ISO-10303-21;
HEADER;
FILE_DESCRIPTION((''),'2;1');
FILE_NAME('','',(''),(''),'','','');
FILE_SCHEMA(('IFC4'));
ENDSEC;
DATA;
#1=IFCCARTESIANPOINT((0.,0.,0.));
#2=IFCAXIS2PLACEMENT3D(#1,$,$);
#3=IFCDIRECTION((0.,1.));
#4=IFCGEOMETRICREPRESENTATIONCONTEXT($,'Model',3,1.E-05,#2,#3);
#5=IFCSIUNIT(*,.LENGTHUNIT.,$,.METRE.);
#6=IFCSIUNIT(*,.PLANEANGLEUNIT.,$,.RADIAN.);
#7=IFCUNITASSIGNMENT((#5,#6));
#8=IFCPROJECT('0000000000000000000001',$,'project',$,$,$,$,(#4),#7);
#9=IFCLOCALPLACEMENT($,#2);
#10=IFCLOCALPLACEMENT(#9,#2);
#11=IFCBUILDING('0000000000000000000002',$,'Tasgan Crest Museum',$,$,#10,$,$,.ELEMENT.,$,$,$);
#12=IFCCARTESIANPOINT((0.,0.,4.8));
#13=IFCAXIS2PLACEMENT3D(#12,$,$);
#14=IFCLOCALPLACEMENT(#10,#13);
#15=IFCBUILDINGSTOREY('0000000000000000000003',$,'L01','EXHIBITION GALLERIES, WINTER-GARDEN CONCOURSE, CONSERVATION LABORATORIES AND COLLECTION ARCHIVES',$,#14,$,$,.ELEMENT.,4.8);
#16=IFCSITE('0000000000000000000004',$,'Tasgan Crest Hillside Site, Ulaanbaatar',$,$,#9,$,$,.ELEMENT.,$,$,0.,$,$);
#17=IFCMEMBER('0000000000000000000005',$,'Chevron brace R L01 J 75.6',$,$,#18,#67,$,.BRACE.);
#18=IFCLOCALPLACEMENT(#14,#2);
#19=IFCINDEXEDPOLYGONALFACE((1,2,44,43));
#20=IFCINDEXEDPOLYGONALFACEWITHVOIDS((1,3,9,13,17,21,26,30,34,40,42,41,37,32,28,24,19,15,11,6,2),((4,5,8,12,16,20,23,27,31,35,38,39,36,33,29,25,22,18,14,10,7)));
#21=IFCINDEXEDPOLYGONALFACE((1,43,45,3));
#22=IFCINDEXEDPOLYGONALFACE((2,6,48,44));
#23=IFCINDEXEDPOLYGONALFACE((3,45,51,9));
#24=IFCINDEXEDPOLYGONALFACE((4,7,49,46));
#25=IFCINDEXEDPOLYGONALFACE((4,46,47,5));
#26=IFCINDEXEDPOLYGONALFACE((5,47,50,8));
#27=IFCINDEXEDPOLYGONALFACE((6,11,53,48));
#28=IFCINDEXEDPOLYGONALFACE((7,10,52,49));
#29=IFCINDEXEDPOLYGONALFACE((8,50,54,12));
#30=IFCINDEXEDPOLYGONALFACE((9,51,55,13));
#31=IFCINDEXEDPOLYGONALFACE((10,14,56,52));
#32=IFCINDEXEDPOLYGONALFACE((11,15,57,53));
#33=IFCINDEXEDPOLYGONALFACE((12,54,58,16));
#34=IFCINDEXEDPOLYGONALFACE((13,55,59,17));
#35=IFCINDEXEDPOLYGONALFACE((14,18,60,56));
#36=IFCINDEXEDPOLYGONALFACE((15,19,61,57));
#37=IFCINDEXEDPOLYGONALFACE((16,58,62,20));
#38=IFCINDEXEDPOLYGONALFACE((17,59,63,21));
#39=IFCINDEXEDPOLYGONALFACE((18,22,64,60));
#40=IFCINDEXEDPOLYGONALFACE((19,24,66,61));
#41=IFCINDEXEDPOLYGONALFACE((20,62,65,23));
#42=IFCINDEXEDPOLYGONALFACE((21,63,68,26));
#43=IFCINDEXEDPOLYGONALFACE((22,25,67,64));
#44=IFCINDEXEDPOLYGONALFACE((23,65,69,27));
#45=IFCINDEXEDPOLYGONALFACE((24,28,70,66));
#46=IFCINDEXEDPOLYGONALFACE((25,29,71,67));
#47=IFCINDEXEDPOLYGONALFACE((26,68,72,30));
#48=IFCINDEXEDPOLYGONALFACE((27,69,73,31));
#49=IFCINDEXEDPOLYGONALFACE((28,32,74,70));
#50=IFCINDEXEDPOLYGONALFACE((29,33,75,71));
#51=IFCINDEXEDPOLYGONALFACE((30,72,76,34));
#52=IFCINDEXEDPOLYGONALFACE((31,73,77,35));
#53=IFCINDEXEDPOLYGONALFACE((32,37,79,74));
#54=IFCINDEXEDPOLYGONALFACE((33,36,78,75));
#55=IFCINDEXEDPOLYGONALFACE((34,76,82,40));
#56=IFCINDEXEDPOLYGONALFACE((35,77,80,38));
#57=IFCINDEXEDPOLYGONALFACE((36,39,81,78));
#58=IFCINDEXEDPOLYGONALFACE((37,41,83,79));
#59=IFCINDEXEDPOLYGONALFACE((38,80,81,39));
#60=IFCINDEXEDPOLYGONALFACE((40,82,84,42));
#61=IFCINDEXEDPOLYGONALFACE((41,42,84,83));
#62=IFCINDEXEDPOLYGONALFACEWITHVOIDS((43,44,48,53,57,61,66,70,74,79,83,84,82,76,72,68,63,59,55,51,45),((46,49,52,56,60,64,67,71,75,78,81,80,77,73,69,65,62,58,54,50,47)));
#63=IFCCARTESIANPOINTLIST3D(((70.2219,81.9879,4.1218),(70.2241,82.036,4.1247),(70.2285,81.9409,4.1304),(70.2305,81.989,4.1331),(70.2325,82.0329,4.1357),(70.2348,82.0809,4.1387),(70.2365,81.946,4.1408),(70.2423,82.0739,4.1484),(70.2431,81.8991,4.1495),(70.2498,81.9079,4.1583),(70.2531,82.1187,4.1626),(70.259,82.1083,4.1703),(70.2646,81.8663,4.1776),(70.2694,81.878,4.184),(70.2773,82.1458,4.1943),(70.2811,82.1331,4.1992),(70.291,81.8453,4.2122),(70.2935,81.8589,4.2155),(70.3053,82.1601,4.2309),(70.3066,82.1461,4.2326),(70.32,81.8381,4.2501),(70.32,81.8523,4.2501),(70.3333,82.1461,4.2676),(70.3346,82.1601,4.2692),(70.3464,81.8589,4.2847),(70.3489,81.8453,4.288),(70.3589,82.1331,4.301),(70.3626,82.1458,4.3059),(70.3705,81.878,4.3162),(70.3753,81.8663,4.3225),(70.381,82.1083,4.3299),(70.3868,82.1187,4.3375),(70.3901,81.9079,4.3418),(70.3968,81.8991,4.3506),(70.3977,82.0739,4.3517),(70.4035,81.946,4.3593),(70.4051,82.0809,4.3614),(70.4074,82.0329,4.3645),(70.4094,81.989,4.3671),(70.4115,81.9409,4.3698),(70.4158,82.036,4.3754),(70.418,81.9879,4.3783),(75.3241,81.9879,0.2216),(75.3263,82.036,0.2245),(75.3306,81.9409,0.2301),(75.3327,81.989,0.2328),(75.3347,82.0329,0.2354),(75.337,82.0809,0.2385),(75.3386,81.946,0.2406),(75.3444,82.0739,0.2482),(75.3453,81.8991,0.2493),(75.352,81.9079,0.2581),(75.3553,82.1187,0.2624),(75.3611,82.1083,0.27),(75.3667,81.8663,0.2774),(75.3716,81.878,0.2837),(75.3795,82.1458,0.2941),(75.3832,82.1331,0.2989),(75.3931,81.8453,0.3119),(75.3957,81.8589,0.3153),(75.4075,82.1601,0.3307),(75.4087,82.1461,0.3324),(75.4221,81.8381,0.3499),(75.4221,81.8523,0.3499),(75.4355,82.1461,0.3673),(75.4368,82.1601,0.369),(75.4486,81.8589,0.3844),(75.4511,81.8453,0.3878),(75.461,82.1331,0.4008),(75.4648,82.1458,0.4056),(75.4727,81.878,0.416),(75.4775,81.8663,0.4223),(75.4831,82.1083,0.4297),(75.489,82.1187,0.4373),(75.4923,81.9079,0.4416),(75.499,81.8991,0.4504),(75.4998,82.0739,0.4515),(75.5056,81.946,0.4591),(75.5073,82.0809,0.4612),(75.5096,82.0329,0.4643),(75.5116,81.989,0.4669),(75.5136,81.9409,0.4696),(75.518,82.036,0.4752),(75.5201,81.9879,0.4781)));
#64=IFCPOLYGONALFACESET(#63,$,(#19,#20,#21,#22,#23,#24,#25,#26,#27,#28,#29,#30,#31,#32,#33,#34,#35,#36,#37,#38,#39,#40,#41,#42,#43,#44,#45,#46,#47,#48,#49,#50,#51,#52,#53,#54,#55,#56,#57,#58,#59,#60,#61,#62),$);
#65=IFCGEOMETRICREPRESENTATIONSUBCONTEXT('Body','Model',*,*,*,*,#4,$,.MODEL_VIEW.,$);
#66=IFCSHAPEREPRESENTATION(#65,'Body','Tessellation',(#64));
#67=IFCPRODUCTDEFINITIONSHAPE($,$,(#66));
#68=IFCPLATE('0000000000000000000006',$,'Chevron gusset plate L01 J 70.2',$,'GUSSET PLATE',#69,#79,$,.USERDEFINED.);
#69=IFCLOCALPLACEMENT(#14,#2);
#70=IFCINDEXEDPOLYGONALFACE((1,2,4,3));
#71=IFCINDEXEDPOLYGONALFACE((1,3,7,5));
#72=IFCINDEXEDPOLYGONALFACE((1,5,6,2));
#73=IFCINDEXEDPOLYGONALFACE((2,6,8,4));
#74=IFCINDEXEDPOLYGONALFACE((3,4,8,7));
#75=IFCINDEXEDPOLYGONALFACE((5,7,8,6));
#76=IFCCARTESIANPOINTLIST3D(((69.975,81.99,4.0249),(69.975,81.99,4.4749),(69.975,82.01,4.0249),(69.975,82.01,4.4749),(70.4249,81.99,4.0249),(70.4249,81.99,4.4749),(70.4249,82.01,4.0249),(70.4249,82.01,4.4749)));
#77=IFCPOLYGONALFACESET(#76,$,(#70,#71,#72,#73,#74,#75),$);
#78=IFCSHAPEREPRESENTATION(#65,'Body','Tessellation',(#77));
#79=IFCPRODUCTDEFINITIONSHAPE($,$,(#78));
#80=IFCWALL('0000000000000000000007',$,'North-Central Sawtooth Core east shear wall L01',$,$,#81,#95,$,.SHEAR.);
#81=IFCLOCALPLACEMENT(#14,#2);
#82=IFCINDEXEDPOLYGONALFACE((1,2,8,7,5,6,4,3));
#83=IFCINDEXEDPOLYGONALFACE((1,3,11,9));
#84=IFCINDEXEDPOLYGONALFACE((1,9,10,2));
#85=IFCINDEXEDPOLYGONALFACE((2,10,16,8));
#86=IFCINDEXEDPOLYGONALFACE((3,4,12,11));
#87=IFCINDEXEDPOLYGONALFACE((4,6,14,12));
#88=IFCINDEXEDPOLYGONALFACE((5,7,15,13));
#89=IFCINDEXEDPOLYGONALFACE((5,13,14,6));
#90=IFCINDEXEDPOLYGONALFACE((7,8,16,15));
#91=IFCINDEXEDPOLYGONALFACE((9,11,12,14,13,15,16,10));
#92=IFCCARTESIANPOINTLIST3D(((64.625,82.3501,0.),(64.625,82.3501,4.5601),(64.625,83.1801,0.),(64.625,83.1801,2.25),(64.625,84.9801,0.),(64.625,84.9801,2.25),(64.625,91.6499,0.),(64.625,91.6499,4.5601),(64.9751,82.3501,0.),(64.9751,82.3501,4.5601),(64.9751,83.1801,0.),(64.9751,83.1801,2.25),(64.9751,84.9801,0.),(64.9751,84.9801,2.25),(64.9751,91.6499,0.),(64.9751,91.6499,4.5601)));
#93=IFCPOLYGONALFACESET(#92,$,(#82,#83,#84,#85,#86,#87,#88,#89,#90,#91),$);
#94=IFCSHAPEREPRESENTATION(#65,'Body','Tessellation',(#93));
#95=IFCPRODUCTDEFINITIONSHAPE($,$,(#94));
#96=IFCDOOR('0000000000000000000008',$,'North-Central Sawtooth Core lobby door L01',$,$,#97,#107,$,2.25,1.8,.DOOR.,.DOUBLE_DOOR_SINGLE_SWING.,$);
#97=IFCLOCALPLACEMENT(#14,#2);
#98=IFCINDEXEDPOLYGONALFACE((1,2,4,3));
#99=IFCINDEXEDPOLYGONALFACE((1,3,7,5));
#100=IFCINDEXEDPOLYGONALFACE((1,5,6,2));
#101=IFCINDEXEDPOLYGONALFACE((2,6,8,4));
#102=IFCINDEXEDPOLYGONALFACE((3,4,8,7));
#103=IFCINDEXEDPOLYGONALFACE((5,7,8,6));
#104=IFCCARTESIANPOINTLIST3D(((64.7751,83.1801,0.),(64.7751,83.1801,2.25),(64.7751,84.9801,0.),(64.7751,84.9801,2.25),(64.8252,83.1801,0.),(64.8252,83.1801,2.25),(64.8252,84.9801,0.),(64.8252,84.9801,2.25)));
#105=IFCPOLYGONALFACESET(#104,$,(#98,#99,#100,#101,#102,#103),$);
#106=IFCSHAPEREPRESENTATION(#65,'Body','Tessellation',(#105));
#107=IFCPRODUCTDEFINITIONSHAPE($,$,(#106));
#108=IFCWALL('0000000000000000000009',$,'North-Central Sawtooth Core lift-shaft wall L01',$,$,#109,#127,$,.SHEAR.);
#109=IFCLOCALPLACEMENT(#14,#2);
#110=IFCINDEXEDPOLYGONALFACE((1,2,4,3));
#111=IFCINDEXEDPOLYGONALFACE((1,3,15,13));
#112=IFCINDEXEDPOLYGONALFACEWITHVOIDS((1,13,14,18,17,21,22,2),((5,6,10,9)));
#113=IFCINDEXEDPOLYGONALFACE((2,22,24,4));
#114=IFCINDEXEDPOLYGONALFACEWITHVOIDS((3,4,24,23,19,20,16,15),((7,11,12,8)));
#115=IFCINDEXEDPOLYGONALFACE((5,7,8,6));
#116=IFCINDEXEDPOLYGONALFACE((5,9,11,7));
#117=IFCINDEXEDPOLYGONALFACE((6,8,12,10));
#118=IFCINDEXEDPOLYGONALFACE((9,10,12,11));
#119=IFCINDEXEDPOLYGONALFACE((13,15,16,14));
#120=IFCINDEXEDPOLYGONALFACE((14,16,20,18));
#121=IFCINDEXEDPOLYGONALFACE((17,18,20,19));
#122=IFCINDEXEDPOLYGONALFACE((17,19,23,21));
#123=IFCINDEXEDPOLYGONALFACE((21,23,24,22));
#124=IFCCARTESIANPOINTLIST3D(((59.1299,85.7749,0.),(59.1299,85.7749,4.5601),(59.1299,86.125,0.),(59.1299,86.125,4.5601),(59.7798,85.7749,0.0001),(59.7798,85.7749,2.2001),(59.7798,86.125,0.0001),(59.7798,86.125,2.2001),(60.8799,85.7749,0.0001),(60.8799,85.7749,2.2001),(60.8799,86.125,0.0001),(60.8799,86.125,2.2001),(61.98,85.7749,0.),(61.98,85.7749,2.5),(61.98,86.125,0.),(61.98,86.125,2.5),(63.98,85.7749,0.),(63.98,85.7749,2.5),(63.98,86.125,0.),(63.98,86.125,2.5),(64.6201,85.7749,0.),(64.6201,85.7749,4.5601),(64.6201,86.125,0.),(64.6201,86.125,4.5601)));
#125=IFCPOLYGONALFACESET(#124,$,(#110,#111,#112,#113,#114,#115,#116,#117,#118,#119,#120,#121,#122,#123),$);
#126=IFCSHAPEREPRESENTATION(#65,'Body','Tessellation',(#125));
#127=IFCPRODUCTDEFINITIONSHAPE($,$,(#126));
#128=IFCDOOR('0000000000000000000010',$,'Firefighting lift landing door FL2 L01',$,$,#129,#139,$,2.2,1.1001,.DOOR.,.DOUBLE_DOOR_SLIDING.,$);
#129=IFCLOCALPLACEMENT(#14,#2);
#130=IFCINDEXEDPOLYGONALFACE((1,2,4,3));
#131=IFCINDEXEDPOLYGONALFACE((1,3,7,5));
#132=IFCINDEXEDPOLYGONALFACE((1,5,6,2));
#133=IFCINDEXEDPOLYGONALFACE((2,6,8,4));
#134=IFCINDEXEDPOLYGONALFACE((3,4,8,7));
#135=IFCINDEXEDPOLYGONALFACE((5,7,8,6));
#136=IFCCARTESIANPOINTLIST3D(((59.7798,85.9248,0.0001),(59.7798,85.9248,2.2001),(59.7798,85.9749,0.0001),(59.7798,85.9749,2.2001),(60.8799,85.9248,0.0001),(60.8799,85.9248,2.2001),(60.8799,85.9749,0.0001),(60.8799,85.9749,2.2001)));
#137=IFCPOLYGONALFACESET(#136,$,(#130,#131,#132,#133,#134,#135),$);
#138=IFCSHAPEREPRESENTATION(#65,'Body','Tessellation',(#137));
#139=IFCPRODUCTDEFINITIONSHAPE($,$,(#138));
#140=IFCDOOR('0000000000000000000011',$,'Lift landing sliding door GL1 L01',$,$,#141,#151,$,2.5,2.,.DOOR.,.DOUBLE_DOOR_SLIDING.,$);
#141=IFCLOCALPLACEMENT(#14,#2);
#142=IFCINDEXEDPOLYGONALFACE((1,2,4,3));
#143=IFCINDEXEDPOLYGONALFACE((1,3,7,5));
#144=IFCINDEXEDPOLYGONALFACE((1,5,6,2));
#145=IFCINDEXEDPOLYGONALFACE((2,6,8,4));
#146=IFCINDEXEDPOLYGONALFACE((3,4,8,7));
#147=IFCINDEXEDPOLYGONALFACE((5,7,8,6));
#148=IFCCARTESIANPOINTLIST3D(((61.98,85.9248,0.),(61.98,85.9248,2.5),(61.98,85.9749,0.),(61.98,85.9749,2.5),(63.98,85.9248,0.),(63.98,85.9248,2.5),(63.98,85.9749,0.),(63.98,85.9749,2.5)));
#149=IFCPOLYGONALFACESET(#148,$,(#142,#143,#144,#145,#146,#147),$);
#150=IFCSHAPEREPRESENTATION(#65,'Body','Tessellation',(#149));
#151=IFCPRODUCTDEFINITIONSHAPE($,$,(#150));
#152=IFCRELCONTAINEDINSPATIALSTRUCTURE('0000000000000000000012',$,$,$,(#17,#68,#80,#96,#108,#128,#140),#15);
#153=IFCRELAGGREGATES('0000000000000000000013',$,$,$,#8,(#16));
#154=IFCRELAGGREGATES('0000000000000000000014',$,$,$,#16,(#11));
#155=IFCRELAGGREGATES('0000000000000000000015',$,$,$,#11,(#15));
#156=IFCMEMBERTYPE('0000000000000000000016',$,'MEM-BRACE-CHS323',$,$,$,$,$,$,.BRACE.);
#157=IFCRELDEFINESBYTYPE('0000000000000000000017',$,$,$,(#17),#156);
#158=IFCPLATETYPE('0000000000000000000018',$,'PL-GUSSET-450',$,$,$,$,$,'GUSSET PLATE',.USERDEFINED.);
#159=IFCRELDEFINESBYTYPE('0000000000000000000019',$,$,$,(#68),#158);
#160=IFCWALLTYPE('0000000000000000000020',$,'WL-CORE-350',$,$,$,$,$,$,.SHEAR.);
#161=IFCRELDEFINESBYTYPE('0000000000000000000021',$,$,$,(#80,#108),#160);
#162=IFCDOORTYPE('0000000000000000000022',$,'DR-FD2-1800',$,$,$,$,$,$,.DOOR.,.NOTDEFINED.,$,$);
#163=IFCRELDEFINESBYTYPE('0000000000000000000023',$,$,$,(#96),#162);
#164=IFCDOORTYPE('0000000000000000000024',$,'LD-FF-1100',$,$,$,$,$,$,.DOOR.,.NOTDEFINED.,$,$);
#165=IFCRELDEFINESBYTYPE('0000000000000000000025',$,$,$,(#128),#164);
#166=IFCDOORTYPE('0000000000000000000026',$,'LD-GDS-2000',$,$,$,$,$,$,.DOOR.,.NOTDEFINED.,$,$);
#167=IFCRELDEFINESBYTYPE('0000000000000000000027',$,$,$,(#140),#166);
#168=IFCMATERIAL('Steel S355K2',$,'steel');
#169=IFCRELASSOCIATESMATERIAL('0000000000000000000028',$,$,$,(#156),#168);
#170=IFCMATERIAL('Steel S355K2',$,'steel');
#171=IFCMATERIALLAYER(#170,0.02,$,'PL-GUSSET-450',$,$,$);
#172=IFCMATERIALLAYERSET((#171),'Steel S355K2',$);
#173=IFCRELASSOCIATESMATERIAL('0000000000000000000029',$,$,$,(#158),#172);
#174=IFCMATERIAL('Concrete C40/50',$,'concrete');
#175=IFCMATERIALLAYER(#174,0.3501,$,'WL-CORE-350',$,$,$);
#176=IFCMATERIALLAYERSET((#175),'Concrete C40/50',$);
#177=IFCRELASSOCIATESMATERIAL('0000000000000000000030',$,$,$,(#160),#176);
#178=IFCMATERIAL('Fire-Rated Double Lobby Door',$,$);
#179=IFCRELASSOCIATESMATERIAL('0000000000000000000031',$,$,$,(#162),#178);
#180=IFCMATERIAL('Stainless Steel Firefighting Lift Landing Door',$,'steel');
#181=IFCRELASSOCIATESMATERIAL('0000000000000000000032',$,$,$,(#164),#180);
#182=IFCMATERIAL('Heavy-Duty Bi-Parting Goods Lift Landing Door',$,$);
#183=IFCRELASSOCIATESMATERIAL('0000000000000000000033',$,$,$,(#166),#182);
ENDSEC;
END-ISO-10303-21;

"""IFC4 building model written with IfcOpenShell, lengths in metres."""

from ifc_helpers import new_model, si_unit, direction, frame, frame_2d, origin, origin_2d, place, context, subcontext, project, spatial, rectangle, hollow_circle, extrude, material, layer, layer_set, material_profile, profile_set, type_object, element, fill, save


model = new_model("IFC4")

# Units and contexts
model_context = context("Model", 3, precision=1e-05, world=origin(), true_north=direction((0.0, 1.0)))
body_context = subcontext(model_context, "Body", "Model", "MODEL_VIEW")
ifc_project = project(units=[si_unit("LENGTHUNIT", "METRE"), si_unit("PLANEANGLEUNIT", "RADIAN")], contexts=[model_context])

# Site, building, storey
site_placement = place(None, origin())
site = spatial("IfcSite", under=ifc_project, at=site_placement, Name="Tasgan Crest Hillside Site, Ulaanbaatar", CompositionType="ELEMENT", RefElevation=0.0)
building_placement = place(site_placement, origin())
building = spatial("IfcBuilding", under=site, at=building_placement, Name="Tasgan Crest Museum", CompositionType="ELEMENT")
storey_placement = place(building_placement, frame((0.0, 0.0, 4.8)))
storey = spatial("IfcBuildingStorey", under=building, at=storey_placement, Name="L01", Description="EXHIBITION GALLERIES, WINTER-GARDEN CONCOURSE, CONSERVATION LABORATORIES AND COLLECTION ARCHIVES", CompositionType="ELEMENT", Elevation=4.8)

# Member
ifc_material_1 = material(Name="Steel S355K2", Category="steel")
ifc_material_profile_1 = material_profile(ifc_material_1, hollow_circle(Radius=0.1619, WallThickness=0.0142, at=origin_2d()), Name="CHS 323.9x14.2")
ifc_profile_set_1 = profile_set([ifc_material_profile_1], Name="Steel S355K2")
member_type = type_object("IfcMemberType", Name="MEM-BRACE-CHS323", PredefinedType="BRACE", material=ifc_profile_set_1)
member_1_placement = place(storey_placement, frame((75.4221, 82.0, 0.3499), z_axis=(-0.794465, 0.0, 0.60731), x_axis=(0.0, -1.0, 0.0)))
element("IfcMember", 1, at=member_1_placement, inside=storey, type_object=member_type, Name="Chevron brace R L01 J 75.6", PredefinedType="BRACE", context=body_context, shape_type="SweptSolid", body=[
    extrude(hollow_circle(Radius=0.1619, WallThickness=0.0142, at=origin_2d()), origin(), (0.0, 0.0, 1.0), 6.4221),
])

# Plate
ifc_material_2 = material(Name="Steel S355K2", Category="steel")
ifc_layer_1 = layer(ifc_material_2, 0.02, Name="PL-GUSSET-450")
ifc_layer_set_1 = layer_set([ifc_layer_1], Name="Steel S355K2")
plate_type = type_object("IfcPlateType", Name="PL-GUSSET-450", ElementType="GUSSET PLATE", PredefinedType="USERDEFINED", material=ifc_layer_set_1)
plate_placement = place(storey_placement, frame((70.2, 82.0, 4.0249), z_axis=(0.0, 0.0, 1.0), x_axis=(1.0, 0.0, 0.0)))
element("IfcPlate", 2, at=plate_placement, inside=storey, type_object=plate_type, Name="Chevron gusset plate L01 J 70.2", ObjectType="GUSSET PLATE", PredefinedType="USERDEFINED", context=body_context, shape_type="SweptSolid", body=[
    extrude(rectangle(XDim=0.45, YDim=0.02, at=origin_2d()), origin(), (0.0, 0.0, 1.0), 0.45),
])

# Wall, opening, door
ifc_material_3 = material(Name="Concrete C40/50", Category="concrete")
ifc_layer_2 = layer(ifc_material_3, 0.3501, Name="WL-CORE-350")
ifc_layer_set_2 = layer_set([ifc_layer_2], Name="Concrete C40/50")
wall_type_1 = type_object("IfcWallType", Name="WL-CORE-350", PredefinedType="SHEAR", material=ifc_layer_set_2)
wall_1_placement = place(storey_placement, frame((64.8, 82.3501, 0.0), z_axis=(0.0, 0.0, 1.0), x_axis=(0.0, 1.0, 0.0)))
wall_1 = element("IfcWall", 3, at=wall_1_placement, inside=storey, type_object=wall_type_1, Name="North-Central Sawtooth Core east shear wall L01", PredefinedType="SHEAR", context=body_context, shape_type="SweptSolid", body=[
    extrude(rectangle(XDim=9.2998, YDim=0.3501, at=frame_2d((4.6499, 0.0))), origin(), (0.0, 0.0, 1.0), 4.5601),
])
opening_1_placement = place(wall_1_placement, frame((0.8301, 0.0, 0.0)))
opening_1 = element("IfcOpeningElement", 4, at=opening_1_placement, cuts=wall_1, PredefinedType="OPENING", context=body_context, shape_type="SweptSolid", body=[
    extrude(rectangle(XDim=1.8, YDim=2.25, at=frame_2d((0.8999, 1.125))), frame((0.0, 0.1851, 0.0), z_axis=(0.0, -1.0, 0.0), x_axis=(1.0, 0.0, 0.0)), (0.0, 0.0, 1.0), 0.3701),
])
ifc_material_4 = material(Name="Fire-Rated Double Lobby Door")
door_type_1 = type_object("IfcDoorType", Name="DR-FD2-1800", OperationType="NOTDEFINED", PredefinedType="DOOR", material=ifc_material_4)
door_1_placement = place(opening_1_placement, origin())
door_1 = element("IfcDoor", 5, at=door_1_placement, inside=storey, type_object=door_type_1, Name="North-Central Sawtooth Core lobby door L01", OperationType="DOUBLE_DOOR_SINGLE_SWING", OverallHeight=2.25, OverallWidth=1.8, PredefinedType="DOOR", context=body_context, shape_type="SweptSolid", body=[
    extrude(rectangle(XDim=1.8, YDim=2.25, at=frame_2d((0.8999, 1.125))), frame((0.0, 0.0249, 0.0), z_axis=(0.0, -1.0, 0.0), x_axis=(1.0, 0.0, 0.0)), (0.0, 0.0, 1.0), 0.05),
])
fill(opening_1, door_1)

# Wall, openings, doors
wall_2_placement = place(storey_placement, frame((59.1299, 85.95, 0.0), z_axis=(0.0, 0.0, 1.0), x_axis=(1.0, 0.0, 0.0)))
wall_2 = element("IfcWall", 6, at=wall_2_placement, inside=storey, type_object=wall_type_1, Name="North-Central Sawtooth Core lift-shaft wall L01", PredefinedType="SHEAR", context=body_context, shape_type="SweptSolid", body=[
    extrude(rectangle(XDim=5.4902, YDim=0.3501, at=frame_2d((2.7451, 0.0))), origin(), (0.0, 0.0, 1.0), 4.5601),
])
opening_2_placement = place(wall_2_placement, frame((0.6499, 0.0, 0.0)))
opening_2 = element("IfcOpeningElement", 7, at=opening_2_placement, cuts=wall_2, PredefinedType="OPENING", context=body_context, shape_type="SweptSolid", body=[
    extrude(rectangle(XDim=1.1001, YDim=2.2, at=frame_2d((0.55, 1.1001))), frame((0.0, 0.1851, 0.0), z_axis=(0.0, -1.0, 0.0), x_axis=(1.0, 0.0, 0.0)), (0.0, 0.0, 1.0), 0.3701),
])
opening_3_placement = place(wall_2_placement, frame((2.8501, 0.0, 0.0)))
opening_3 = element("IfcOpeningElement", 8, at=opening_3_placement, cuts=wall_2, PredefinedType="OPENING", context=body_context, shape_type="SweptSolid", body=[
    extrude(rectangle(XDim=2.0, YDim=2.5, at=frame_2d((1.0, 1.25))), frame((0.0, 0.1851, 0.0), z_axis=(0.0, -1.0, 0.0), x_axis=(1.0, 0.0, 0.0)), (0.0, 0.0, 1.0), 0.3701),
])
ifc_material_5 = material(Name="Stainless Steel Firefighting Lift Landing Door", Category="steel")
door_type_2 = type_object("IfcDoorType", Name="LD-FF-1100", OperationType="NOTDEFINED", PredefinedType="DOOR", material=ifc_material_5)
door_2_placement = place(opening_2_placement, origin())
door_2 = element("IfcDoor", 9, at=door_2_placement, inside=storey, type_object=door_type_2, Name="Firefighting lift landing door FL2 L01", OperationType="DOUBLE_DOOR_SLIDING", OverallHeight=2.2, OverallWidth=1.1001, PredefinedType="DOOR", context=body_context, shape_type="SweptSolid", body=[
    extrude(rectangle(XDim=1.1001, YDim=2.2, at=frame_2d((0.55, 1.1001))), frame((0.0, 0.0249, 0.0), z_axis=(0.0, -1.0, 0.0), x_axis=(1.0, 0.0, 0.0)), (0.0, 0.0, 1.0), 0.05),
])
fill(opening_2, door_2)
ifc_material_6 = material(Name="Heavy-Duty Bi-Parting Goods Lift Landing Door")
door_type_3 = type_object("IfcDoorType", Name="LD-GDS-2000", OperationType="NOTDEFINED", PredefinedType="DOOR", material=ifc_material_6)
door_3_placement = place(opening_3_placement, origin())
door_3 = element("IfcDoor", 10, at=door_3_placement, inside=storey, type_object=door_type_3, Name="Lift landing sliding door GL1 L01", OperationType="DOUBLE_DOOR_SLIDING", OverallHeight=2.5, OverallWidth=2.0, PredefinedType="DOOR", context=body_context, shape_type="SweptSolid", body=[
    extrude(rectangle(XDim=2.0, YDim=2.5, at=frame_2d((1.0, 1.25))), frame((0.0, 0.0249, 0.0), z_axis=(0.0, -1.0, 0.0), x_axis=(1.0, 0.0, 0.0)), (0.0, 0.0, 1.0), 0.05),
])
fill(opening_3, door_3)

save(model, "model.ifc")
